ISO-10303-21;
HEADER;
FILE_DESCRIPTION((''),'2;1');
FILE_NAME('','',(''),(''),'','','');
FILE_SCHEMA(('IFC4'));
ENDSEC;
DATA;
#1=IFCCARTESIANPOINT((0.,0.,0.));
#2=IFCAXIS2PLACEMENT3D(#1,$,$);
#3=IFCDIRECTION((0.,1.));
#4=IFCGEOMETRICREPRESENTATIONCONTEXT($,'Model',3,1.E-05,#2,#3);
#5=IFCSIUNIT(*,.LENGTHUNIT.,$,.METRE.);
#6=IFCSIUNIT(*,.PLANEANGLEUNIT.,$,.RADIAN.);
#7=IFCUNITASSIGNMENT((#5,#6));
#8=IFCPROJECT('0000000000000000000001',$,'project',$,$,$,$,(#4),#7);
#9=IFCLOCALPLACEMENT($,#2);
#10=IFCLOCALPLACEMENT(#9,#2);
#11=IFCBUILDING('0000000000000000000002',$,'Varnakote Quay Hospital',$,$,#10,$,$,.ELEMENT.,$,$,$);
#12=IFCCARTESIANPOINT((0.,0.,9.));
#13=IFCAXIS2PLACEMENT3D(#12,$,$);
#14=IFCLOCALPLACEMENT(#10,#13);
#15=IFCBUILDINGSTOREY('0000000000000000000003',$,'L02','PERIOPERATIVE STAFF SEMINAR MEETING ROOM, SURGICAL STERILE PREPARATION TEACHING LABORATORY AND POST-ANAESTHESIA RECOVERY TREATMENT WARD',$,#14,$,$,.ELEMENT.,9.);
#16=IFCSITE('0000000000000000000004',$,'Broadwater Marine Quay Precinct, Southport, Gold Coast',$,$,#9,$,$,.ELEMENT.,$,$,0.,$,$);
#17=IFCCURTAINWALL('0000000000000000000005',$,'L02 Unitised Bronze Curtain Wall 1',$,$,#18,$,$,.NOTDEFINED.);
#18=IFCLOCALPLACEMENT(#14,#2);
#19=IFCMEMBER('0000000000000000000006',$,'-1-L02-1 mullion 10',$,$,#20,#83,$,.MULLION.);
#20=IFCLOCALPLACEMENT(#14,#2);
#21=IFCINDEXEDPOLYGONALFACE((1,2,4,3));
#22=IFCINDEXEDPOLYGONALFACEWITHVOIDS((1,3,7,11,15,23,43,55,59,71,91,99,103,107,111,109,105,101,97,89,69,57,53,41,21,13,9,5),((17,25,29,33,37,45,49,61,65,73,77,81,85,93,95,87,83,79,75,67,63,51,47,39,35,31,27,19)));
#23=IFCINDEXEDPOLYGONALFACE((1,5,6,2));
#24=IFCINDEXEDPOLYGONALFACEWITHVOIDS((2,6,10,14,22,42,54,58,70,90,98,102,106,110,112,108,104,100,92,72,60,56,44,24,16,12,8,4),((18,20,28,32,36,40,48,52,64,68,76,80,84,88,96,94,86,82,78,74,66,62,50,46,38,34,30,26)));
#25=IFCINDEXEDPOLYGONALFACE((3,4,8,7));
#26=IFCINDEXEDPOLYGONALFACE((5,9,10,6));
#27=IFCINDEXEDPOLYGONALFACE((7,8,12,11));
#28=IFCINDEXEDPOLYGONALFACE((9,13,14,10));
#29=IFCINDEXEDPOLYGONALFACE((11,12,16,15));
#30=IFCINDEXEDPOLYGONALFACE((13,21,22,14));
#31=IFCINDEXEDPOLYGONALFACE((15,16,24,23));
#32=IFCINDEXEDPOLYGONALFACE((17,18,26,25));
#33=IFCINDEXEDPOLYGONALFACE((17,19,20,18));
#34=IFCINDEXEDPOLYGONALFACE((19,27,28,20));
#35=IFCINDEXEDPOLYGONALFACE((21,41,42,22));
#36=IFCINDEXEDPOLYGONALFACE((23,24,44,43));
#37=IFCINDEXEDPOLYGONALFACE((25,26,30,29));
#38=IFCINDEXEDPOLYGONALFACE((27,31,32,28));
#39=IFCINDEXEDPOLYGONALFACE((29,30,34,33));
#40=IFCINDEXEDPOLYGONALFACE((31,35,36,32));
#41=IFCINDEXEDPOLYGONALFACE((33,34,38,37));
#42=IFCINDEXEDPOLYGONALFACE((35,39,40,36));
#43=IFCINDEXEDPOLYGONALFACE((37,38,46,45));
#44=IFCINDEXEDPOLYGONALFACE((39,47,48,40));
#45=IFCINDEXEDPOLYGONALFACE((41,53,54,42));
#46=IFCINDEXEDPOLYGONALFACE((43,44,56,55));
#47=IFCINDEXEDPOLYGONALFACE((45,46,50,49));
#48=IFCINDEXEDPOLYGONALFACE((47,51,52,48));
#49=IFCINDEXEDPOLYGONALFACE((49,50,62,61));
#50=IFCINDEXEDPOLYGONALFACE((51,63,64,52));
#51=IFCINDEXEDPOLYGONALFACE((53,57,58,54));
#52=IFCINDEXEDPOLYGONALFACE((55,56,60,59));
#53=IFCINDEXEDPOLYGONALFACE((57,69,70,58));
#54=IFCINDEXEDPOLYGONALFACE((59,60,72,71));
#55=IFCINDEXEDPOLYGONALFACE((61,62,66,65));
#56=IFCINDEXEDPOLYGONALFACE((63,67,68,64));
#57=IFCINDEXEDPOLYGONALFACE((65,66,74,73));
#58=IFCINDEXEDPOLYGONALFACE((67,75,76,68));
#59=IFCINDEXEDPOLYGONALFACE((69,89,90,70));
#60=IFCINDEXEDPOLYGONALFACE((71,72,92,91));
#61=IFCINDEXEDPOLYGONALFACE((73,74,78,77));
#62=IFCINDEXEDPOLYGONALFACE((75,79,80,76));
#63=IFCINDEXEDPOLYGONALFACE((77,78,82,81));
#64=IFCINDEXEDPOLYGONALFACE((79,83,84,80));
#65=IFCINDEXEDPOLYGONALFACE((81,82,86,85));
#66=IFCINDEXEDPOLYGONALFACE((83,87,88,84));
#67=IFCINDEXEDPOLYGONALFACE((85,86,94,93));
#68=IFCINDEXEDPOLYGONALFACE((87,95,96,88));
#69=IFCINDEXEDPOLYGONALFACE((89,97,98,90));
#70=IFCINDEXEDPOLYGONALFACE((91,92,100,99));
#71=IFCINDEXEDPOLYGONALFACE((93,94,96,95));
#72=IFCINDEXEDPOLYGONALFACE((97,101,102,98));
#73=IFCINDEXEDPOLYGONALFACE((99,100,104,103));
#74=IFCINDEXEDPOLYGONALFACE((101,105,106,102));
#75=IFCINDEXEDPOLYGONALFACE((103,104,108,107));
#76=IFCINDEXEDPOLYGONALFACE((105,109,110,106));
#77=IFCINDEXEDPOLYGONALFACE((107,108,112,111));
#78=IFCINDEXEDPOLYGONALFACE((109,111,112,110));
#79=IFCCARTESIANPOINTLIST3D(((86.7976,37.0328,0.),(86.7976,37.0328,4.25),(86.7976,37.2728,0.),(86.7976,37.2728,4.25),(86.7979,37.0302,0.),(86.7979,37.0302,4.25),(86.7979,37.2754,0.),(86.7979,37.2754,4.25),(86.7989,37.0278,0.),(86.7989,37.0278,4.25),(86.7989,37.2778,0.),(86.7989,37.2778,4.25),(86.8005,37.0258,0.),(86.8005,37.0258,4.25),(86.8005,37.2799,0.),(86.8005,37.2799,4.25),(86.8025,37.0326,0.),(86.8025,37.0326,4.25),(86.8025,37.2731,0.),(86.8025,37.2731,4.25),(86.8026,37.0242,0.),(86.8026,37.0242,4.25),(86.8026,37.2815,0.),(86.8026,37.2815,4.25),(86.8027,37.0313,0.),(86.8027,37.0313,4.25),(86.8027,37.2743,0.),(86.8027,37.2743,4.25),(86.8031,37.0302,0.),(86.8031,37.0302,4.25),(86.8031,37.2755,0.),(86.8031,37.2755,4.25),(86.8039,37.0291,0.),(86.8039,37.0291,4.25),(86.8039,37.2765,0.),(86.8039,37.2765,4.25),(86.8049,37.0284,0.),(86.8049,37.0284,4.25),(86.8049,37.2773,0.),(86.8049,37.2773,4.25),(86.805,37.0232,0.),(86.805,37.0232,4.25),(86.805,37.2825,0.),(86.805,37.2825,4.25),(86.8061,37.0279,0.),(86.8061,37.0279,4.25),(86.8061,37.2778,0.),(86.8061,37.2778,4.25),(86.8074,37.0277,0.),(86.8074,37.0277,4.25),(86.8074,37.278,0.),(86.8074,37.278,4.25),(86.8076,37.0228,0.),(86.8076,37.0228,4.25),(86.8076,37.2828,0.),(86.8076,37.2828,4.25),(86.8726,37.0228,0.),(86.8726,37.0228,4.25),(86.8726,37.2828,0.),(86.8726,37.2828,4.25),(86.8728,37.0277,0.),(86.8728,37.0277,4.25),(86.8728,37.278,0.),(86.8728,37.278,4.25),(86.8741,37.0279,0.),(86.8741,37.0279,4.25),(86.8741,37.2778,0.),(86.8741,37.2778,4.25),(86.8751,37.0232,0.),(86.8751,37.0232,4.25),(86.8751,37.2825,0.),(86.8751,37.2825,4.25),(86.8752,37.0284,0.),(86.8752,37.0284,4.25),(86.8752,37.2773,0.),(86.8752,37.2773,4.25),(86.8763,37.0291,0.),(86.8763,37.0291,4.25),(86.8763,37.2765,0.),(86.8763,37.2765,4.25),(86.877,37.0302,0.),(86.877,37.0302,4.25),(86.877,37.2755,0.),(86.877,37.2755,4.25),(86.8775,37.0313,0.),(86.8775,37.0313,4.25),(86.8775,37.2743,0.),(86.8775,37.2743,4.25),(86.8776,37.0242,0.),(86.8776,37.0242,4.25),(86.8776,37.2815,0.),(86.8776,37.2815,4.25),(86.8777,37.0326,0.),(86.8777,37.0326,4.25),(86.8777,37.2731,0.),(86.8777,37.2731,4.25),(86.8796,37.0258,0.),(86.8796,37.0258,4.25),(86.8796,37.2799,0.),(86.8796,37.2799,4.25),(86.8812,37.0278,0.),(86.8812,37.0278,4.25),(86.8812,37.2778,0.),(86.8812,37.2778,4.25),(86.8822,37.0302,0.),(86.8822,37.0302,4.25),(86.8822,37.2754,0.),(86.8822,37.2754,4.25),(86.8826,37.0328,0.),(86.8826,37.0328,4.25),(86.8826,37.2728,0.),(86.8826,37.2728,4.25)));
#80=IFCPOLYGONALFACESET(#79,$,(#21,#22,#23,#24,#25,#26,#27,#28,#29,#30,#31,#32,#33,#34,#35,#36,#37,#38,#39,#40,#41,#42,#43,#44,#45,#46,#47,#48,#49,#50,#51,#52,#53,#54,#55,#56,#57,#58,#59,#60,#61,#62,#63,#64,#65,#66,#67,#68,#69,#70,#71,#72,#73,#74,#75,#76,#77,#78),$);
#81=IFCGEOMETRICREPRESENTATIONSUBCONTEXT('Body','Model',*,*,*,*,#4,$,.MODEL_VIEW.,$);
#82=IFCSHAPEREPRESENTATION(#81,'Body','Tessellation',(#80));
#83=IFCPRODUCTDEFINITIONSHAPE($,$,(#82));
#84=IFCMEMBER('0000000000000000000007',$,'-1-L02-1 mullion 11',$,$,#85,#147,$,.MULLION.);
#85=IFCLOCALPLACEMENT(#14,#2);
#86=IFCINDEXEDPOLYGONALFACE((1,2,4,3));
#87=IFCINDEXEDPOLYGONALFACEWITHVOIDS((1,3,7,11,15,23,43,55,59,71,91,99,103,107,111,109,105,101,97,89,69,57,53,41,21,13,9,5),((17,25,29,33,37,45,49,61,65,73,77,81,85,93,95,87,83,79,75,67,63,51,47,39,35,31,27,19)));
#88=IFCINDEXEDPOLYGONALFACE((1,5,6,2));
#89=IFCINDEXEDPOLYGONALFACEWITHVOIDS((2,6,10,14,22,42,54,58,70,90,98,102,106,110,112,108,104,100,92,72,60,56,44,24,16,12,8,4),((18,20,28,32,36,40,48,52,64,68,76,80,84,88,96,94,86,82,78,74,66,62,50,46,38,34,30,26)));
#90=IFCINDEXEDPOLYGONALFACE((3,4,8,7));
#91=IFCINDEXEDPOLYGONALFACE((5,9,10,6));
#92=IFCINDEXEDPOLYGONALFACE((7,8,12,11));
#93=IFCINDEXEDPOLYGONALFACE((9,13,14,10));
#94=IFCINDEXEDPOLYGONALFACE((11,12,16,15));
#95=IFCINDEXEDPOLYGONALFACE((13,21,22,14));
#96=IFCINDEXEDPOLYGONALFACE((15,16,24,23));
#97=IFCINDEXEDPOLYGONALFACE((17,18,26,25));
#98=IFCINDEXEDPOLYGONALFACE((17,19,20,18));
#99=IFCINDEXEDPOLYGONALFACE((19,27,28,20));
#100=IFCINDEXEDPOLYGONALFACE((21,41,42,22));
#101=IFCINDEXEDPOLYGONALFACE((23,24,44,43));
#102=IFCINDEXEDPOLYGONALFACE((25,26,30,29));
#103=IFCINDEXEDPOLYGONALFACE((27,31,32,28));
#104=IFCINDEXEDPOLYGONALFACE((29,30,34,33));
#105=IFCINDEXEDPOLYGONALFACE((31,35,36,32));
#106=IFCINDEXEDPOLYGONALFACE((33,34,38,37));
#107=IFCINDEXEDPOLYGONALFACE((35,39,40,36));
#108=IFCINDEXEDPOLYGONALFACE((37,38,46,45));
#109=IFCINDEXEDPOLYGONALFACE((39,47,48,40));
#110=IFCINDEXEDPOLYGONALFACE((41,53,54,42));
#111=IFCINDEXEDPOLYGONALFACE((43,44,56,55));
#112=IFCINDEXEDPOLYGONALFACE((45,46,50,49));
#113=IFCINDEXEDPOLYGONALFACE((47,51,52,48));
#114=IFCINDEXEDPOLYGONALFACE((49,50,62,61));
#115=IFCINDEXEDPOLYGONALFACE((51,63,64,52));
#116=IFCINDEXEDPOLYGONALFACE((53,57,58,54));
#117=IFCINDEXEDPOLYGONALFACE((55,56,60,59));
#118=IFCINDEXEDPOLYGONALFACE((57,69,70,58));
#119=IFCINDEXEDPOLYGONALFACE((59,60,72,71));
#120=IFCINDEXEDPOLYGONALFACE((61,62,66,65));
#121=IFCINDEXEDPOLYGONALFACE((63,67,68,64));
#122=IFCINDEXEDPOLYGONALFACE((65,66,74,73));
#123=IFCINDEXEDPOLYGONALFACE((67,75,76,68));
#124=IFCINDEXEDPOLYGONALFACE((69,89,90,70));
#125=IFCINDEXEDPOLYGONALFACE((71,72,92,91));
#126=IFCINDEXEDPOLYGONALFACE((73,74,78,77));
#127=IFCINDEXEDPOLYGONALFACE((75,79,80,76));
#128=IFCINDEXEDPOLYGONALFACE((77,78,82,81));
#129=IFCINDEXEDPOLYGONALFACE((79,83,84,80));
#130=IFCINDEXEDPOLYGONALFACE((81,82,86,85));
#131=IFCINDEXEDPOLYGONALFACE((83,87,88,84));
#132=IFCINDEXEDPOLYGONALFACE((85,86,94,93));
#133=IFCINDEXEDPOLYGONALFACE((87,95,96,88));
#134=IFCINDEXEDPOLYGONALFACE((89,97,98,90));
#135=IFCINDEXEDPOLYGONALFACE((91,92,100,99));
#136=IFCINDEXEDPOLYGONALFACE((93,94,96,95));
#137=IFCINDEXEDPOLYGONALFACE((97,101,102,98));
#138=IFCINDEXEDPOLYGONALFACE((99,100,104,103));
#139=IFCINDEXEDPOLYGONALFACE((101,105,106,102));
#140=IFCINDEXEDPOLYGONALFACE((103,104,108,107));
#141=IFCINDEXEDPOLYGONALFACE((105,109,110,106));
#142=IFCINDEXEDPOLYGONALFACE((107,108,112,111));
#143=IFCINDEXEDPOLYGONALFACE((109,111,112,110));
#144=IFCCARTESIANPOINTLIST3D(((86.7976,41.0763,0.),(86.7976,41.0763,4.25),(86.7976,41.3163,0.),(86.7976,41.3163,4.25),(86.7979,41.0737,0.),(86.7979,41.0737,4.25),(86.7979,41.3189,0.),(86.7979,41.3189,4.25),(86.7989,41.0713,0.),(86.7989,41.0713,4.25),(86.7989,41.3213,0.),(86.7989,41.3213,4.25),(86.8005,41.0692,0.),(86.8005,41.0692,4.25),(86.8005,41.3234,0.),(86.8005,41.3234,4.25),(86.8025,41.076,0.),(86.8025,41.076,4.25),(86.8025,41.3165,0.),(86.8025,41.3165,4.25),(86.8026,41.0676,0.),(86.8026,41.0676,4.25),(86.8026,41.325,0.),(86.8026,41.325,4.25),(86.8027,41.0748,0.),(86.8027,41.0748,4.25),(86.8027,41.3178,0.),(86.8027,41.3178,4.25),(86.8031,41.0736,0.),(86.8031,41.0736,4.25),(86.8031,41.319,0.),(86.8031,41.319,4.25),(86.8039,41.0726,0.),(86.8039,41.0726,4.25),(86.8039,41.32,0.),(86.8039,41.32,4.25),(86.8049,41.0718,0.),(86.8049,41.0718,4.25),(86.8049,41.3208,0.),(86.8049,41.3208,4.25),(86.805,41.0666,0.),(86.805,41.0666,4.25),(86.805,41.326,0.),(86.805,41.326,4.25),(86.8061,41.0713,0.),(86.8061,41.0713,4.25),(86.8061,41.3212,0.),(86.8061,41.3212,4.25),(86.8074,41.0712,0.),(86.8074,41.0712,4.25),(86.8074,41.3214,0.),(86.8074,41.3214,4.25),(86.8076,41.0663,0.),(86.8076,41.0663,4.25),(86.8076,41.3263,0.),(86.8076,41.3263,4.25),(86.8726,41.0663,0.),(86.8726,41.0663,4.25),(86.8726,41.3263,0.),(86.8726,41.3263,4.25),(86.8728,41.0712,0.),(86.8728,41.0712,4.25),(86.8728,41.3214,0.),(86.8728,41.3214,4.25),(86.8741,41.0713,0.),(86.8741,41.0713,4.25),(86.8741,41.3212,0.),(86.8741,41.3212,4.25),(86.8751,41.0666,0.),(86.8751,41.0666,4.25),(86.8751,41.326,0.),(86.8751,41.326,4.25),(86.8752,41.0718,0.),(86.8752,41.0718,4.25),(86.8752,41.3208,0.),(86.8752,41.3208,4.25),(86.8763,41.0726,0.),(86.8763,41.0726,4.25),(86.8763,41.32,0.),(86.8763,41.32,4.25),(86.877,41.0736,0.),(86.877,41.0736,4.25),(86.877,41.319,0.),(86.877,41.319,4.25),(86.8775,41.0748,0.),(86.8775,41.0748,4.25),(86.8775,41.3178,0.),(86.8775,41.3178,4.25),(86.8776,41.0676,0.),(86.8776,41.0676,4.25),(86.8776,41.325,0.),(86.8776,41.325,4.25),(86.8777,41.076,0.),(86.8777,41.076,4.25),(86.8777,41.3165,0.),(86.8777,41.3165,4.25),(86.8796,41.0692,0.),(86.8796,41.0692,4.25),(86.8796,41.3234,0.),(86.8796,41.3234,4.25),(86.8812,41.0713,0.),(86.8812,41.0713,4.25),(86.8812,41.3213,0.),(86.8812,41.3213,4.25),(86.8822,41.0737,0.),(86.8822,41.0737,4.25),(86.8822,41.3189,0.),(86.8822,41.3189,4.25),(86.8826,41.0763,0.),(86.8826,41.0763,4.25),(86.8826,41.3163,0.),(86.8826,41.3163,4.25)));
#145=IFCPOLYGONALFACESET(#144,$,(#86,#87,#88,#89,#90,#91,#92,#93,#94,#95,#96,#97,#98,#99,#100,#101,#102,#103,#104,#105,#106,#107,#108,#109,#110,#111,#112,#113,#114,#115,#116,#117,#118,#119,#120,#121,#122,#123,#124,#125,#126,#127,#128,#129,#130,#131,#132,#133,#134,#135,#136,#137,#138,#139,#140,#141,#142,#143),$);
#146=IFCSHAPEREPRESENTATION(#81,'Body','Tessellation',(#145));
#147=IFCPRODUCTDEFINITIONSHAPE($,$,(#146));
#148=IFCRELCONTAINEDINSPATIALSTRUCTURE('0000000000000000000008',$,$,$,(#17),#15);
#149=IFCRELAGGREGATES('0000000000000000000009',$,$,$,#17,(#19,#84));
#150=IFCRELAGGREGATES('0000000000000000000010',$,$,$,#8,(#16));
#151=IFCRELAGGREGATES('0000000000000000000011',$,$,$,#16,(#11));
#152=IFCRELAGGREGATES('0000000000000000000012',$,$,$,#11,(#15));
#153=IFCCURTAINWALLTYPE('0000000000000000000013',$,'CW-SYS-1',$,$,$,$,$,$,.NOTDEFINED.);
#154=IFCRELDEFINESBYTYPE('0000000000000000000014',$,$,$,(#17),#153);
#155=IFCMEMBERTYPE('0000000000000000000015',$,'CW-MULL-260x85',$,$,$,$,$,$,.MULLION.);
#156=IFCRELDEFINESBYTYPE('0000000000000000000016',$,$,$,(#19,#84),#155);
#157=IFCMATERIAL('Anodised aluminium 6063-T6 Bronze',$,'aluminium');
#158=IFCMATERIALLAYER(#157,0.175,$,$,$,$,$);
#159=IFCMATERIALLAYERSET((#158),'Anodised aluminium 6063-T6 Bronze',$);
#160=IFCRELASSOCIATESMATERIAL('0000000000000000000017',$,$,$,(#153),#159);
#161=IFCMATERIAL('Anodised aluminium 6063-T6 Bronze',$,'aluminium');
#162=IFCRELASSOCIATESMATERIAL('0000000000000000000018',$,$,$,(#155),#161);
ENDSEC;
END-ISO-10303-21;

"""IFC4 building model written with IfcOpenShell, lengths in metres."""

from ifc_helpers import new_model, si_unit, direction, frame, origin, origin_2d, place, context, subcontext, project, spatial, hollow_rectangle, extrude, material, layer, layer_set, material_profile, profile_set, type_object, element, aggregate, save


model = new_model("IFC4")

# Units and contexts
model_context = context("Model", 3, precision=1e-05, world=origin(), true_north=direction((0.0, 1.0)))
body_context = subcontext(model_context, "Body", "Model", "MODEL_VIEW")
ifc_project = project(units=[si_unit("LENGTHUNIT", "METRE"), si_unit("PLANEANGLEUNIT", "RADIAN")], contexts=[model_context])

# Site, building, storey
site_placement = place(None, origin())
site = spatial("IfcSite", under=ifc_project, at=site_placement, Name="Broadwater Marine Quay Precinct, Southport, Gold Coast", CompositionType="ELEMENT", RefElevation=0.0)
building_placement = place(site_placement, origin())
building = spatial("IfcBuilding", under=site, at=building_placement, Name="Varnakote Quay Hospital", CompositionType="ELEMENT")
storey_placement = place(building_placement, frame((0.0, 0.0, 9.0)))
storey = spatial("IfcBuildingStorey", under=building, at=storey_placement, Name="L02", Description="PERIOPERATIVE STAFF SEMINAR MEETING ROOM, SURGICAL STERILE PREPARATION TEACHING LABORATORY AND POST-ANAESTHESIA RECOVERY TREATMENT WARD", CompositionType="ELEMENT", Elevation=9.0)

# Curtain wall, members
ifc_material_1 = material(Name="Anodised aluminium 6063-T6 Bronze", Category="aluminium")
ifc_layer_1 = layer(ifc_material_1, 0.175)
ifc_layer_set_1 = layer_set([ifc_layer_1], Name="Anodised aluminium 6063-T6 Bronze")
curtain_wall_type = type_object("IfcCurtainWallType", Name="CW-SYS-1", PredefinedType="NOTDEFINED", material=ifc_layer_set_1)
curtain_wall_placement = place(storey_placement, origin())
curtain_wall = element("IfcCurtainWall", 1, at=curtain_wall_placement, inside=storey, type_object=curtain_wall_type, Name="L02 Unitised Bronze Curtain Wall 1", PredefinedType="NOTDEFINED")
ifc_material_2 = material(Name="Anodised aluminium 6063-T6 Bronze", Category="aluminium")
ifc_material_profile_1 = material_profile(ifc_material_2, hollow_rectangle(XDim=0.085, YDim=0.26, WallThickness=0.0049, InnerFilletRadius=0.0049, OuterFilletRadius=0.01, at=origin_2d()), Name="CW-MULL-260x85")
ifc_profile_set_1 = profile_set([ifc_material_profile_1], Name="Anodised aluminium 6063-T6 Bronze")
member_type_1 = type_object("IfcMemberType", Name="CW-MULL-260x85", PredefinedType="MULLION", material=ifc_profile_set_1)
member_1_placement = place(storey_placement, frame((86.8401, 37.1528, 0.0), z_axis=(0.0, 0.0, 1.0), x_axis=(-1.0, 0.0, 0.0)))
member_1 = element("IfcMember", 2, at=member_1_placement, type_object=member_type_1, Name="-1-L02-1 mullion 10", PredefinedType="MULLION", context=body_context, shape_type="SweptSolid", body=[
    extrude(hollow_rectangle(XDim=0.085, YDim=0.26, WallThickness=0.0049, InnerFilletRadius=0.0049, OuterFilletRadius=0.01, at=origin_2d()), origin(), (0.0, 0.0, 1.0), 4.25),
])
member_2_placement = place(storey_placement, frame((86.8401, 41.1963, 0.0), z_axis=(0.0, 0.0, 1.0), x_axis=(-1.0, 0.0, 0.0)))
member_2 = element("IfcMember", 3, at=member_2_placement, type_object=member_type_1, Name="-1-L02-1 mullion 11", PredefinedType="MULLION", context=body_context, shape_type="SweptSolid", body=[
    extrude(hollow_rectangle(XDim=0.085, YDim=0.26, WallThickness=0.0049, InnerFilletRadius=0.0049, OuterFilletRadius=0.01, at=origin_2d()), origin(), (0.0, 0.0, 1.0), 4.25),
])

aggregate(curtain_wall, [member_1, member_2])

save(model, "model.ifc")
